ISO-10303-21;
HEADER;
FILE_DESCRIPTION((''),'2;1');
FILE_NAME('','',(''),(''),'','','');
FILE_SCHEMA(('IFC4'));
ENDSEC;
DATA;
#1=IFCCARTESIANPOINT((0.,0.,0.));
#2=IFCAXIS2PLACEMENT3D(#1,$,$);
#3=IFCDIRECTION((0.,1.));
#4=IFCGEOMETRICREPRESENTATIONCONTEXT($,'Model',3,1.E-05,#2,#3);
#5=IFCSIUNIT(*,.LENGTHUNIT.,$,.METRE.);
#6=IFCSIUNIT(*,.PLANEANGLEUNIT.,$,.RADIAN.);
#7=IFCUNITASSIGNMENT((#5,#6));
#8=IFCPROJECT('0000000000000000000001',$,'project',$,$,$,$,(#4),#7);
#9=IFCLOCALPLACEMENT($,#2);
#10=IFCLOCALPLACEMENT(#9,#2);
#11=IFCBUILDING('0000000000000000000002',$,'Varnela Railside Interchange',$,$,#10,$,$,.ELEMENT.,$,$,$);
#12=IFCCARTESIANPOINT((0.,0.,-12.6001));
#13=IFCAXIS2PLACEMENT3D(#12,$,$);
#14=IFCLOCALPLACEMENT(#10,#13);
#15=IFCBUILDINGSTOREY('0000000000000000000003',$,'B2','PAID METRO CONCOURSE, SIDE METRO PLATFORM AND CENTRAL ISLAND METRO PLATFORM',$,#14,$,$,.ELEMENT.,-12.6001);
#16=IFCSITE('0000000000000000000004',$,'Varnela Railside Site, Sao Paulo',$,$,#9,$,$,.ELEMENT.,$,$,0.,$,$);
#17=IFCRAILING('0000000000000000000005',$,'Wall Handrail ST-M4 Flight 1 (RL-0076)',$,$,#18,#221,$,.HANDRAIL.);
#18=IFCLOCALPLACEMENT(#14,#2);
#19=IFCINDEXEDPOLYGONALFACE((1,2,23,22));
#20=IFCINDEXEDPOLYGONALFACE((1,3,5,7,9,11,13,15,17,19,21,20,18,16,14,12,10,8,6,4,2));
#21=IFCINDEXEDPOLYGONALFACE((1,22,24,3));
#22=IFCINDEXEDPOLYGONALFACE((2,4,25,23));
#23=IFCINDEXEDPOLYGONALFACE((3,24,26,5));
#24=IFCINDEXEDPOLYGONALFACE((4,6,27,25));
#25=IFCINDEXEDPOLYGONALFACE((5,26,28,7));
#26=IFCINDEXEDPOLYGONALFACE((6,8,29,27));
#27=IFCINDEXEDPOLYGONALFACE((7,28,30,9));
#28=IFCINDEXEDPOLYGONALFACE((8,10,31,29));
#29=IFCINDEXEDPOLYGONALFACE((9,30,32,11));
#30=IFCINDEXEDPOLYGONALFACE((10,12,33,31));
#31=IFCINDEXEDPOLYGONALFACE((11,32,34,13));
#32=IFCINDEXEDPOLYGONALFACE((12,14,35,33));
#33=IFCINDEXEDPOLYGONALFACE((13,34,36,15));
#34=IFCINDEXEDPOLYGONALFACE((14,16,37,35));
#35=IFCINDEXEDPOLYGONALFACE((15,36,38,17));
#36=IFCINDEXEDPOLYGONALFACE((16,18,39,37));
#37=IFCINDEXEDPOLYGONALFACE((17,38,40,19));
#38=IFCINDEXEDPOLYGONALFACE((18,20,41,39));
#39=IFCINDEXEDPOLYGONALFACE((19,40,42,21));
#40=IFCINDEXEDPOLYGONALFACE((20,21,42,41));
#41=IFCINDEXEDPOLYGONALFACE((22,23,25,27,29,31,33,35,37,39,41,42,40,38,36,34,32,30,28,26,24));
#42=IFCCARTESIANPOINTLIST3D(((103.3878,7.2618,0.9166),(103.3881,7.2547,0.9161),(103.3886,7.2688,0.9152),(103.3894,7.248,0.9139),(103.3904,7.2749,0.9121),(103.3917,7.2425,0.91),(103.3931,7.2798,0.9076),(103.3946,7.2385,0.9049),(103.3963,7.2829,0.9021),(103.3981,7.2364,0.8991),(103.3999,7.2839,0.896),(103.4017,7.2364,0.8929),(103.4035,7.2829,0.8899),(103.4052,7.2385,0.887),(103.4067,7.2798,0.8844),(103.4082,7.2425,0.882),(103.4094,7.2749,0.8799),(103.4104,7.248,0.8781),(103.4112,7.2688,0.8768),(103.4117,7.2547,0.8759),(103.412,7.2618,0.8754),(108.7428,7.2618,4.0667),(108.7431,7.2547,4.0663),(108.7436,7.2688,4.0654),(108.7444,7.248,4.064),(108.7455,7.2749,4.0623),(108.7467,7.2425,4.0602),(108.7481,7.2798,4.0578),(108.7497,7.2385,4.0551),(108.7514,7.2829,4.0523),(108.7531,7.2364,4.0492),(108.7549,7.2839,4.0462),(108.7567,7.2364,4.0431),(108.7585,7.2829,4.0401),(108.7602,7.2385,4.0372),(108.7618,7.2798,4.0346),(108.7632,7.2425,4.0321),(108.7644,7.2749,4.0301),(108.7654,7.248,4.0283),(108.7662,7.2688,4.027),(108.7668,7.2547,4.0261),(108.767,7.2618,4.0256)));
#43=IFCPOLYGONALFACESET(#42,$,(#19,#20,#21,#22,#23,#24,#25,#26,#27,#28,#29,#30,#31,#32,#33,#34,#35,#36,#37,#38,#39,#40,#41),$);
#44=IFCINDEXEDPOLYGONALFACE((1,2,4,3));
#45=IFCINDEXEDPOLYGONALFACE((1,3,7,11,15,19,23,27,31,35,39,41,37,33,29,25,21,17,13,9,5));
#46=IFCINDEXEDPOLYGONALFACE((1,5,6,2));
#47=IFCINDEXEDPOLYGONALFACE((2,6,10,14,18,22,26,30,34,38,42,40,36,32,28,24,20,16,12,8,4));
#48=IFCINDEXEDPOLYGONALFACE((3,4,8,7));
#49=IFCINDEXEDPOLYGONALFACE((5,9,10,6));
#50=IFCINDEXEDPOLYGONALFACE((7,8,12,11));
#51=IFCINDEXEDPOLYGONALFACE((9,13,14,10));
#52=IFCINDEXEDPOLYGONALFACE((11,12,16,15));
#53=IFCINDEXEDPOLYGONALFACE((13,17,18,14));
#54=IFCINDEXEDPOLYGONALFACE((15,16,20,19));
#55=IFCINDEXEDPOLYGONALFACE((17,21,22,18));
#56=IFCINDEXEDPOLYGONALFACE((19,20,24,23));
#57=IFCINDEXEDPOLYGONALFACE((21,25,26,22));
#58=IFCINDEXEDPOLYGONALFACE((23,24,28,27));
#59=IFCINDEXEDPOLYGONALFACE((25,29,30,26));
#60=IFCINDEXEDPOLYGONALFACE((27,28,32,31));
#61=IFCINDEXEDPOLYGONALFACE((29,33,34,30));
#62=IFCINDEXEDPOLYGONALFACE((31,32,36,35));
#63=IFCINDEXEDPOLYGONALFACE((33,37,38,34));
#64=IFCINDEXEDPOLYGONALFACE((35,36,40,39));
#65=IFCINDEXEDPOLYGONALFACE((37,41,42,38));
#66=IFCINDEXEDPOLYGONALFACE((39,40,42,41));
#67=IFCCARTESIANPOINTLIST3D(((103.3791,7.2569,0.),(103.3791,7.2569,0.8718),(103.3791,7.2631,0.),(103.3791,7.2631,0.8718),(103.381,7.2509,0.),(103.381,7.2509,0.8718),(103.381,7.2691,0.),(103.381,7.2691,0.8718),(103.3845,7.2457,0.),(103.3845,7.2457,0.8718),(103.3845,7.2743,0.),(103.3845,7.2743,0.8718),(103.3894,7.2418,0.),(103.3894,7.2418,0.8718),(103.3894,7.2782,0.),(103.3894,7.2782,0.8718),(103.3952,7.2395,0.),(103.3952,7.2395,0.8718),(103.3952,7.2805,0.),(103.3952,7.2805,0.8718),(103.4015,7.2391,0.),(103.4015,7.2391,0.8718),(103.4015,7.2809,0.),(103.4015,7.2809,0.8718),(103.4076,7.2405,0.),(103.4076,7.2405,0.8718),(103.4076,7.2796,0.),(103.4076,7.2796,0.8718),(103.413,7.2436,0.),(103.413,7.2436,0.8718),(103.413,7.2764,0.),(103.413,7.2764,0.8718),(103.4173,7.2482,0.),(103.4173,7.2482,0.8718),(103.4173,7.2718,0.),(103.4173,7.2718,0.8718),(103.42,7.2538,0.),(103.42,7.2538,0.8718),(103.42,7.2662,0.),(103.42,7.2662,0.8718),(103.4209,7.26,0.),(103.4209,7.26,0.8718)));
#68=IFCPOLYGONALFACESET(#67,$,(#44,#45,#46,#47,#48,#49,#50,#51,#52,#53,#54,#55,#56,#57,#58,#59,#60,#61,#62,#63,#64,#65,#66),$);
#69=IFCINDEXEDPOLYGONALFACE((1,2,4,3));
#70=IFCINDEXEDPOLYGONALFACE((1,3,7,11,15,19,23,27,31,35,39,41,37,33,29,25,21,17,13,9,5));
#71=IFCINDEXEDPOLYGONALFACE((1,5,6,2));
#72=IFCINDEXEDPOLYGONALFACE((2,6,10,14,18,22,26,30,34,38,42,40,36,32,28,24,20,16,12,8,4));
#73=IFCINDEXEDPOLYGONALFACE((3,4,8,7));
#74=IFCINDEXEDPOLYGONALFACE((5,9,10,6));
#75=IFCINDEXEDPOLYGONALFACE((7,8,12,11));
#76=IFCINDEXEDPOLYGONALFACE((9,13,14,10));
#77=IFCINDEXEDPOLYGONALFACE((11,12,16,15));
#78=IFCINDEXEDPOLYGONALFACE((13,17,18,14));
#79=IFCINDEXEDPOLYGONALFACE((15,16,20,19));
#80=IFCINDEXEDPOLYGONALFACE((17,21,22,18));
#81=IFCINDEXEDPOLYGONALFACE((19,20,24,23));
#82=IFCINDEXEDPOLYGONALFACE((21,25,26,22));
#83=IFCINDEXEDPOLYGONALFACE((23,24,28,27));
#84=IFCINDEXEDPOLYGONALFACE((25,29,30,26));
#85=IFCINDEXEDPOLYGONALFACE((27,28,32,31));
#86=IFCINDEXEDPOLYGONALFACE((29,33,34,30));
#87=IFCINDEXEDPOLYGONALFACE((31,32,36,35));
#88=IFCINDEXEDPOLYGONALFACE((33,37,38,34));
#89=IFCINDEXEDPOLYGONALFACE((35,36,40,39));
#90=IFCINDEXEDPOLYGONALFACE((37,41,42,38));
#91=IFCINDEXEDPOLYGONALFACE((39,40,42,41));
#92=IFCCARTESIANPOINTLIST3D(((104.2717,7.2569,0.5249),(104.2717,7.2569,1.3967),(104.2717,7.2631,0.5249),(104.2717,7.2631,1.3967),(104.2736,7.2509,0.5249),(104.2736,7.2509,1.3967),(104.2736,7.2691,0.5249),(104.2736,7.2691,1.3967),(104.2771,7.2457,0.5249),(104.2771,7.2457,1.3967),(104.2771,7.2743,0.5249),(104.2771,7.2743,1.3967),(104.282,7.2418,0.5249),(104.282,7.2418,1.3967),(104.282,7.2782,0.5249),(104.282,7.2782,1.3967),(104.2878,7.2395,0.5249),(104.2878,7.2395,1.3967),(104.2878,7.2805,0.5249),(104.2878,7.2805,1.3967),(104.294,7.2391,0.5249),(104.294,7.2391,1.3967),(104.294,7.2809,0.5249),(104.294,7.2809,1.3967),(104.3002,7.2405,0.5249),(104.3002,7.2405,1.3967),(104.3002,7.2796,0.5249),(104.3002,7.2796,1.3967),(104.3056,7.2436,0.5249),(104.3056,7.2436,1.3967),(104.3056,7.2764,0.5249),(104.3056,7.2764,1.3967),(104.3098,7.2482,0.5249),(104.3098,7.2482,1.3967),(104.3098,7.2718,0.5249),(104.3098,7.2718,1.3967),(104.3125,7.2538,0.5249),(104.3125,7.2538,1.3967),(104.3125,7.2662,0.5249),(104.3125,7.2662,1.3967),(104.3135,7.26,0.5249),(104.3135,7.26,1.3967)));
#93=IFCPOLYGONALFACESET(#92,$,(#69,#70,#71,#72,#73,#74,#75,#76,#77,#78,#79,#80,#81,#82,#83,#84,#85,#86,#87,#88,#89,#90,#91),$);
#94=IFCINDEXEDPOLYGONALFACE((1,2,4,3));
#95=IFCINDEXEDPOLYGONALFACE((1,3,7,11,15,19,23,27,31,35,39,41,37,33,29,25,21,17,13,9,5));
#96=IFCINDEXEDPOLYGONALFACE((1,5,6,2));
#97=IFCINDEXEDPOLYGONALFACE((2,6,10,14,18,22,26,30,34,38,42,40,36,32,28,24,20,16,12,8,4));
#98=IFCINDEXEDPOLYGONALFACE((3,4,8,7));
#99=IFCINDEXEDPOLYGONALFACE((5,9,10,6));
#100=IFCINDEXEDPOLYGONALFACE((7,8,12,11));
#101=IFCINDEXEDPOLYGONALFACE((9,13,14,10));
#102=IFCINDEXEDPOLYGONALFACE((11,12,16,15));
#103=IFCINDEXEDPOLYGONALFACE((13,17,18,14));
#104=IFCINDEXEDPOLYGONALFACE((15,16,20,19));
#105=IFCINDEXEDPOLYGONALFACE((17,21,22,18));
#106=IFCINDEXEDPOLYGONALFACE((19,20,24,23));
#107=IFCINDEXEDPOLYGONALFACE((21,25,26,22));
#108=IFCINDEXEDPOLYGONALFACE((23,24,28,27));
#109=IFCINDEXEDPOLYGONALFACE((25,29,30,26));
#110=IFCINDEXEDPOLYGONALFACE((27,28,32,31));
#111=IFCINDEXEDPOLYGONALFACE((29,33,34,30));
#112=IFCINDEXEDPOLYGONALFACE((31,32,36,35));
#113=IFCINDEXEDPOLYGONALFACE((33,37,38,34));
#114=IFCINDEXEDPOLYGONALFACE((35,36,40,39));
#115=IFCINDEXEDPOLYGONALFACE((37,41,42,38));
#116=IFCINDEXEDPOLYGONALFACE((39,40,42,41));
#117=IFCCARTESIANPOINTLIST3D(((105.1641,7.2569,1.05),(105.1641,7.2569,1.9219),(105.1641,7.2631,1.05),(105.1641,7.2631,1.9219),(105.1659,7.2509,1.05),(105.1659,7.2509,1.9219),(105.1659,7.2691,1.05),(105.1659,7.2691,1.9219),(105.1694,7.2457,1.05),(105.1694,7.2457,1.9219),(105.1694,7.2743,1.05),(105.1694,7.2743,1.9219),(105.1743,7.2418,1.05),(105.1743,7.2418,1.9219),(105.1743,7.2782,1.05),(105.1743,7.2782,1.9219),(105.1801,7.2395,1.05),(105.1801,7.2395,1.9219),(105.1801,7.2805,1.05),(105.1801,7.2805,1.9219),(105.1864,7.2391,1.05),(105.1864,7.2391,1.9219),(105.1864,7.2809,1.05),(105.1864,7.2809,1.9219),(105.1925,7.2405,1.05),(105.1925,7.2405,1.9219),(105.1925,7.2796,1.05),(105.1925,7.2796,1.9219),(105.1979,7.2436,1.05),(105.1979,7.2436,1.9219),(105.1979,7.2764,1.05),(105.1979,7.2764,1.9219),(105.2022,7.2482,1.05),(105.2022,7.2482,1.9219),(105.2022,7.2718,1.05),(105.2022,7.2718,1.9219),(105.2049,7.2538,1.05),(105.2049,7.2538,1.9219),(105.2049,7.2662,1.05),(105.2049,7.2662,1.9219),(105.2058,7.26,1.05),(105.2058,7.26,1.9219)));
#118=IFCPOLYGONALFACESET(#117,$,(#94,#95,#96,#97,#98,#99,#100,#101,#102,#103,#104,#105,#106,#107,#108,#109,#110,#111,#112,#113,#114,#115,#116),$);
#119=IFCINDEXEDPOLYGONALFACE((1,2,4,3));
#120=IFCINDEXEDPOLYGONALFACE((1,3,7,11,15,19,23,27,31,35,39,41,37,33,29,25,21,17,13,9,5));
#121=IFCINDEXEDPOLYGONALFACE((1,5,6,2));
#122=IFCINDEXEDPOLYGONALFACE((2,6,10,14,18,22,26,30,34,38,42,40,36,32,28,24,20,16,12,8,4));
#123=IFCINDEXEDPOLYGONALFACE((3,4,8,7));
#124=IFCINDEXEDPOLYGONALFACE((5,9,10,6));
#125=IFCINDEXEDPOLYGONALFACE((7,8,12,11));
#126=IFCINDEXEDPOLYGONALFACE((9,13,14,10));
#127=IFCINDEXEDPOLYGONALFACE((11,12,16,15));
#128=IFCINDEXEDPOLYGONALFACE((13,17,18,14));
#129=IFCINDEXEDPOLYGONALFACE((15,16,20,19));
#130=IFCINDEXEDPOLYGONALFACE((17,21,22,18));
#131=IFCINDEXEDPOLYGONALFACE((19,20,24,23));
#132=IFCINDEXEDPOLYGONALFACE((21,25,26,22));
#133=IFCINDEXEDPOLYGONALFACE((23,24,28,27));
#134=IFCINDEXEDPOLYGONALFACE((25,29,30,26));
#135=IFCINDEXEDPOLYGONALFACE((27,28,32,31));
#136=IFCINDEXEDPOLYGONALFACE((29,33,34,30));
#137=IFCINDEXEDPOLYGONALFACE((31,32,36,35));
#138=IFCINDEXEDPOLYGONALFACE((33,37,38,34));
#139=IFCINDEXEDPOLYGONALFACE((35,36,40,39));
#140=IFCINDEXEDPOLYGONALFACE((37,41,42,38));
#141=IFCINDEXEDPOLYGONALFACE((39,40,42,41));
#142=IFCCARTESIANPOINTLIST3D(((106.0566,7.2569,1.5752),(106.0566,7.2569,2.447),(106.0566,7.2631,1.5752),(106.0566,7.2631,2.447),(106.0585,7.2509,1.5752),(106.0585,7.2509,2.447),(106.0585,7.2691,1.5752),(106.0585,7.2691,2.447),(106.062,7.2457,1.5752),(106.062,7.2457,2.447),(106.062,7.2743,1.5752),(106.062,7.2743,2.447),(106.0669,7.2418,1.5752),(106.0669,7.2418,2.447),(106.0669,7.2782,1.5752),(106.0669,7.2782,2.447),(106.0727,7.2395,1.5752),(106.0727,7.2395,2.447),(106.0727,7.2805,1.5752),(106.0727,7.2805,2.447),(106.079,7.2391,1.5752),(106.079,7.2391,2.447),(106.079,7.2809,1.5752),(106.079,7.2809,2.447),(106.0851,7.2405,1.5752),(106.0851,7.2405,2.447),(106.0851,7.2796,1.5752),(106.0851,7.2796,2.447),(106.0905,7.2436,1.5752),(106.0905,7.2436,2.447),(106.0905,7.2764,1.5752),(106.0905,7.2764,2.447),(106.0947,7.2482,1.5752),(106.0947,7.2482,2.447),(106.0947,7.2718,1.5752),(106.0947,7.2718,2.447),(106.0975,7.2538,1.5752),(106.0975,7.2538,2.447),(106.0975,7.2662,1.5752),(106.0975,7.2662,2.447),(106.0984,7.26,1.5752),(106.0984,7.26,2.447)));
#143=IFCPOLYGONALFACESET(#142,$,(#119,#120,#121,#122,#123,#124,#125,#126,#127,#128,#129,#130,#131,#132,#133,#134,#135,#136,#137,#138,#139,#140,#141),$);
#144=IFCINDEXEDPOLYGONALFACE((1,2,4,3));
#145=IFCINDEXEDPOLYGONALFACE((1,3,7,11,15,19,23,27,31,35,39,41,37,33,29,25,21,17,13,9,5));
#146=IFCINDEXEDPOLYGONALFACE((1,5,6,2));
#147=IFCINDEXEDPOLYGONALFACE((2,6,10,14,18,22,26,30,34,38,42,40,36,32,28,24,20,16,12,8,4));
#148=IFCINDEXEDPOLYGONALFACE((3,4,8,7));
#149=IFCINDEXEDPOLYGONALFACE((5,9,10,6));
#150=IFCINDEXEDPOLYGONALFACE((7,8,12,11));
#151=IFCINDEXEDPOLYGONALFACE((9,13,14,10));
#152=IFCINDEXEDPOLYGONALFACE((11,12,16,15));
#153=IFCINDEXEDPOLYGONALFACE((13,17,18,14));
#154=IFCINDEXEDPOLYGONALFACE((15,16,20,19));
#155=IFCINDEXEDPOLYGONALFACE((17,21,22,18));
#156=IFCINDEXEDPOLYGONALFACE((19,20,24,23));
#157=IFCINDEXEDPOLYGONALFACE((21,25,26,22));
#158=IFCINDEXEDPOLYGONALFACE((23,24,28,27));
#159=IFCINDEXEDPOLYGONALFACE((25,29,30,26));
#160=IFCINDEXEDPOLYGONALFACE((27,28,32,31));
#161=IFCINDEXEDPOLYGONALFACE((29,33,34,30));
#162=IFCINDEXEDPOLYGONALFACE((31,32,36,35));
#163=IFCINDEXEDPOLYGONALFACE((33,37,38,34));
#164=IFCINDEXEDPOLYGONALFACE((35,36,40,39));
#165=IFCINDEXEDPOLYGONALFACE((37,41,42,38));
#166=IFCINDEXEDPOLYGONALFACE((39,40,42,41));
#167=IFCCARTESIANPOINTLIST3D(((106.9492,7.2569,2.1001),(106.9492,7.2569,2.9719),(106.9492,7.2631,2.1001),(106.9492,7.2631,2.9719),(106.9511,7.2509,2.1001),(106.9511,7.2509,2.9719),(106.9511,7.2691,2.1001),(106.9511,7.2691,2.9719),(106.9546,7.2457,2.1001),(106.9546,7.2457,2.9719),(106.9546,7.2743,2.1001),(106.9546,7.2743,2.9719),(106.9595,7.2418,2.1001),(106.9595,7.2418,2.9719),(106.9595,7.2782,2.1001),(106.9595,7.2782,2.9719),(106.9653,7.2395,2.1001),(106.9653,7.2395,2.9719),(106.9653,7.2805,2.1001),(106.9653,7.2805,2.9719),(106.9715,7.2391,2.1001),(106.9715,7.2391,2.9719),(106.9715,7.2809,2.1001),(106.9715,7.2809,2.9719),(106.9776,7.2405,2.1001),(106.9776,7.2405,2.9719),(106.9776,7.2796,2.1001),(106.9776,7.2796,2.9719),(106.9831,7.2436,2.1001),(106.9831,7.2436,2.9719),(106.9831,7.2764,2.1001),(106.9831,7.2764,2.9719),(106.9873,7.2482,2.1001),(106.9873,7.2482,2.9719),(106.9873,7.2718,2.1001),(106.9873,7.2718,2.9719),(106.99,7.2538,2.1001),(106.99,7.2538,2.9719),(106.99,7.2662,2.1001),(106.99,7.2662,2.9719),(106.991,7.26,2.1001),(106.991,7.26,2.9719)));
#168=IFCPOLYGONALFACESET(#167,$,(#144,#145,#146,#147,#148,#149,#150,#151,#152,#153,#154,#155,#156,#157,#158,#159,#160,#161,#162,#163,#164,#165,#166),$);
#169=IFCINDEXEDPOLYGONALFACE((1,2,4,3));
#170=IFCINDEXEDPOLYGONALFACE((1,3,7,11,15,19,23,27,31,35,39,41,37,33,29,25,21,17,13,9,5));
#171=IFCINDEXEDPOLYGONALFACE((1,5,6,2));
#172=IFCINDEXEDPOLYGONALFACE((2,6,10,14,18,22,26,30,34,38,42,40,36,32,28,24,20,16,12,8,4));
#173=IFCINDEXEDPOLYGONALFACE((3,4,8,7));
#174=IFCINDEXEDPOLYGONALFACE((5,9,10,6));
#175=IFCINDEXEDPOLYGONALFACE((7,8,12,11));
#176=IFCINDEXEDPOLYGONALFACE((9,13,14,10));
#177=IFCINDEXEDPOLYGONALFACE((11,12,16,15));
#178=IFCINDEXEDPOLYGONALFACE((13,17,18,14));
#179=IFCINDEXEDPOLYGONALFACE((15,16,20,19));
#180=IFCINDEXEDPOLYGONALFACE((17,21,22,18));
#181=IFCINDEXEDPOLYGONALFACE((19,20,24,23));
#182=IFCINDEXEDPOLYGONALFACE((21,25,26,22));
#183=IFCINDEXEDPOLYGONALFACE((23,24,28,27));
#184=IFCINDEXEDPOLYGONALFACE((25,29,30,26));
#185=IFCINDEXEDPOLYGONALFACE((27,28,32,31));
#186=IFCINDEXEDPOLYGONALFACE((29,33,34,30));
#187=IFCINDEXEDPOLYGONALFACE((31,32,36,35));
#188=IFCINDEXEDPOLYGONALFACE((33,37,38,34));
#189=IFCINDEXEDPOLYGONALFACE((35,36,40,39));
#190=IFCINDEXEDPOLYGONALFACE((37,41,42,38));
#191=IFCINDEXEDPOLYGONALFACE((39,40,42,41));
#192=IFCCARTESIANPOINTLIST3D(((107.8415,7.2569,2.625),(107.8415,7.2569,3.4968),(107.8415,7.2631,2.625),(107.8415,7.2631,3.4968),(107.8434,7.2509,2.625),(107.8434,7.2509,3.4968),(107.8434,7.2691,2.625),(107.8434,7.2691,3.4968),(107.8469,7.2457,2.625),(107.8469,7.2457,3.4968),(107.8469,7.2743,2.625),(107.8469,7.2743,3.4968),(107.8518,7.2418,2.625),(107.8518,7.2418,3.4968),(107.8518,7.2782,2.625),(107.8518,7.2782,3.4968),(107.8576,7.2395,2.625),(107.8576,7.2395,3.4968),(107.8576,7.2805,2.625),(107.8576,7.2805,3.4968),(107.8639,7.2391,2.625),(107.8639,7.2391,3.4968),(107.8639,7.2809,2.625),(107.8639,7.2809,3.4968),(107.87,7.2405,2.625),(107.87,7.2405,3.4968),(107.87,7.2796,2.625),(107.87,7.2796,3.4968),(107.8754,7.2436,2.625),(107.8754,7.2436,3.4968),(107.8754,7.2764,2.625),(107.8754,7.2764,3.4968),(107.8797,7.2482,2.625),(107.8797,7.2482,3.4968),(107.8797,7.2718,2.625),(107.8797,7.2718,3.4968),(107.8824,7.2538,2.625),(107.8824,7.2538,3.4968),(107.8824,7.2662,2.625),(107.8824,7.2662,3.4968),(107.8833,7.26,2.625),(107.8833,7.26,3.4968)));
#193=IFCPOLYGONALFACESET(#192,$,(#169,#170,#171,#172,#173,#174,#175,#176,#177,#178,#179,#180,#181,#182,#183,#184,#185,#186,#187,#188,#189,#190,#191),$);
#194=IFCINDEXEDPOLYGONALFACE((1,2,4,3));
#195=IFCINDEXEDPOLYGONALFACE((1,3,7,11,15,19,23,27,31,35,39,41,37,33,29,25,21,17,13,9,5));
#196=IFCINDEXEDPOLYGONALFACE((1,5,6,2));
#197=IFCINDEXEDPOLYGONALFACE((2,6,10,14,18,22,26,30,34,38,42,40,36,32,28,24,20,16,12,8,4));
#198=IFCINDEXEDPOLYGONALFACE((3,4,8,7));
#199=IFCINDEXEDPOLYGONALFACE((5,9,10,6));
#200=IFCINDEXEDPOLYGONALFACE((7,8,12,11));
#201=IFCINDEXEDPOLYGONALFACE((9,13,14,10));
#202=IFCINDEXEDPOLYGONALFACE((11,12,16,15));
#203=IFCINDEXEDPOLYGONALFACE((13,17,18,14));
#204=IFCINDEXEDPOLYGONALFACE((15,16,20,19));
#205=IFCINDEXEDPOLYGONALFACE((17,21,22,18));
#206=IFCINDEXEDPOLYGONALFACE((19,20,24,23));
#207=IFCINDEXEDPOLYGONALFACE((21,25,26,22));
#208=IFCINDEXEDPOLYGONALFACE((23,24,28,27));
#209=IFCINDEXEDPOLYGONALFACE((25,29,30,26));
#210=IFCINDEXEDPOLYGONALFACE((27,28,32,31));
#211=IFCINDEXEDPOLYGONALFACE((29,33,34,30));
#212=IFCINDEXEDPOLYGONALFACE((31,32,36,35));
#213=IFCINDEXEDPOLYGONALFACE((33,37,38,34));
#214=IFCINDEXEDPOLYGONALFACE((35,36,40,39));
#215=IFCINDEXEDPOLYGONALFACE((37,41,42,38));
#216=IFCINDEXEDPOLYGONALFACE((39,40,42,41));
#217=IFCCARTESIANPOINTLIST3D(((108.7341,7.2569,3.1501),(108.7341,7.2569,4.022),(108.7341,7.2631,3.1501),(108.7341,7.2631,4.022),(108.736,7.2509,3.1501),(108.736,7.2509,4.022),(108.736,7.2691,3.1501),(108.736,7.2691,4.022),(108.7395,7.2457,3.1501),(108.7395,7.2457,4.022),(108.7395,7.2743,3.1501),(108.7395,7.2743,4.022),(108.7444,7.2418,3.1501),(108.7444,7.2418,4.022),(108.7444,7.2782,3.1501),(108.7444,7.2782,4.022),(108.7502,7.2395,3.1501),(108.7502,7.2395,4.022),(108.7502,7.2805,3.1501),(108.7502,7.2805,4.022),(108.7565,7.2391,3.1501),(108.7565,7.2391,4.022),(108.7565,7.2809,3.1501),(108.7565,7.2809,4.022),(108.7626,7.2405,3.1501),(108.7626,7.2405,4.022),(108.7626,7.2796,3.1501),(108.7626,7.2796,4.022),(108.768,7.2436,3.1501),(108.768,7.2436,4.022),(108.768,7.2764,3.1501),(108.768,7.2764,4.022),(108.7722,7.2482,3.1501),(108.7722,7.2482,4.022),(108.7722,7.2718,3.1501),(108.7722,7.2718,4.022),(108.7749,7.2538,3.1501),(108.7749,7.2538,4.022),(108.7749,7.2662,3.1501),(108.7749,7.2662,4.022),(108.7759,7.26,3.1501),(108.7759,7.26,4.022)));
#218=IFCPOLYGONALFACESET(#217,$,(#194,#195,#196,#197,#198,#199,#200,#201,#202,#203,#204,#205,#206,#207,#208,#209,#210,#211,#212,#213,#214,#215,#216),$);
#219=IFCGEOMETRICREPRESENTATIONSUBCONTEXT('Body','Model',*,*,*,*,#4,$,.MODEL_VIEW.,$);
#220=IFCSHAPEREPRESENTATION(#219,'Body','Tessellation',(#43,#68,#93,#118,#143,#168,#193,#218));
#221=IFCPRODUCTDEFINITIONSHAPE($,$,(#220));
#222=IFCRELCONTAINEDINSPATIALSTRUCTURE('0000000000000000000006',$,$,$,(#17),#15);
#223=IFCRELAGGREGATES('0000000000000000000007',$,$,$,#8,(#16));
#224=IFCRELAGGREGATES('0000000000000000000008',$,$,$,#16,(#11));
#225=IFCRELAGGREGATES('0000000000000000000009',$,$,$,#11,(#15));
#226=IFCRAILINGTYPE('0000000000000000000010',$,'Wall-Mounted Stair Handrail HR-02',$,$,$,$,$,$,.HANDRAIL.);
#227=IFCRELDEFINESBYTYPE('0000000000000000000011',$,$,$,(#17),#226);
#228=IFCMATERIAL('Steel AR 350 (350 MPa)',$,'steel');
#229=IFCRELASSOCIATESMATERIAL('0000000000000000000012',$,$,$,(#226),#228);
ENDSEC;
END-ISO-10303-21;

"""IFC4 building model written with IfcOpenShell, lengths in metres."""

from ifc_helpers import new_model, si_unit, direction, frame, origin, origin_2d, place, context, subcontext, project, spatial, circle, extrude, material, type_object, element, save


model = new_model("IFC4")

# Units and contexts
model_context = context("Model", 3, precision=1e-05, world=origin(), true_north=direction((0.0, 1.0)))
body_context = subcontext(model_context, "Body", "Model", "MODEL_VIEW")
ifc_project = project(units=[si_unit("LENGTHUNIT", "METRE"), si_unit("PLANEANGLEUNIT", "RADIAN")], contexts=[model_context])

# Site, building, storey
site_placement = place(None, origin())
site = spatial("IfcSite", under=ifc_project, at=site_placement, Name="Varnela Railside Site, Sao Paulo", CompositionType="ELEMENT", RefElevation=0.0)
building_placement = place(site_placement, origin())
building = spatial("IfcBuilding", under=site, at=building_placement, Name="Varnela Railside Interchange", CompositionType="ELEMENT")
storey_placement = place(building_placement, frame((0.0, 0.0, -12.6001)))
storey = spatial("IfcBuildingStorey", under=building, at=storey_placement, Name="B2", Description="PAID METRO CONCOURSE, SIDE METRO PLATFORM AND CENTRAL ISLAND METRO PLATFORM", CompositionType="ELEMENT", Elevation=-12.6001)

# Railing
ifc_material_1 = material(Name="Steel AR 350 (350 MPa)", Category="steel")
railing_type_1 = type_object("IfcRailingType", Name="Wall-Mounted Stair Handrail HR-02", PredefinedType="HANDRAIL", material=ifc_material_1)
railing_1_placement = place(storey_placement, frame((103.3999, 7.26, 0.0)))
element("IfcRailing", 1, at=railing_1_placement, inside=storey, type_object=railing_type_1, Name="Wall Handrail ST-M4 Flight 1 (RL-0076)", PredefinedType="HANDRAIL", context=body_context, shape_type="SweptSolid", body=[
    extrude(circle(Radius=0.0239, at=origin_2d()), frame((0.0, 0.0, 0.896), z_axis=(0.861923, 0.0, 0.507039), x_axis=(0.0, 1.0, 0.0)), (0.0, 0.0, 1.0), 6.2129),
    extrude(circle(Radius=0.021, at=origin_2d()), origin(), (0.0, 0.0, 1.0), 0.8718),
    extrude(circle(Radius=0.021, at=origin_2d()), frame((0.8926, 0.0, 0.5249)), (0.0, 0.0, 1.0), 0.8718),
    extrude(circle(Radius=0.021, at=origin_2d()), frame((1.7849, 0.0, 1.05)), (0.0, 0.0, 1.0), 0.8718),
    extrude(circle(Radius=0.021, at=origin_2d()), frame((2.6775, 0.0, 1.5752)), (0.0, 0.0, 1.0), 0.8718),
    extrude(circle(Radius=0.021, at=origin_2d()), frame((3.5701, 0.0, 2.1001)), (0.0, 0.0, 1.0), 0.8718),
    extrude(circle(Radius=0.021, at=origin_2d()), frame((4.4624, 0.0, 2.625)), (0.0, 0.0, 1.0), 0.8718),
    extrude(circle(Radius=0.021, at=origin_2d()), frame((5.355, 0.0, 3.1501)), (0.0, 0.0, 1.0), 0.8718),
])

save(model, "model.ifc")
